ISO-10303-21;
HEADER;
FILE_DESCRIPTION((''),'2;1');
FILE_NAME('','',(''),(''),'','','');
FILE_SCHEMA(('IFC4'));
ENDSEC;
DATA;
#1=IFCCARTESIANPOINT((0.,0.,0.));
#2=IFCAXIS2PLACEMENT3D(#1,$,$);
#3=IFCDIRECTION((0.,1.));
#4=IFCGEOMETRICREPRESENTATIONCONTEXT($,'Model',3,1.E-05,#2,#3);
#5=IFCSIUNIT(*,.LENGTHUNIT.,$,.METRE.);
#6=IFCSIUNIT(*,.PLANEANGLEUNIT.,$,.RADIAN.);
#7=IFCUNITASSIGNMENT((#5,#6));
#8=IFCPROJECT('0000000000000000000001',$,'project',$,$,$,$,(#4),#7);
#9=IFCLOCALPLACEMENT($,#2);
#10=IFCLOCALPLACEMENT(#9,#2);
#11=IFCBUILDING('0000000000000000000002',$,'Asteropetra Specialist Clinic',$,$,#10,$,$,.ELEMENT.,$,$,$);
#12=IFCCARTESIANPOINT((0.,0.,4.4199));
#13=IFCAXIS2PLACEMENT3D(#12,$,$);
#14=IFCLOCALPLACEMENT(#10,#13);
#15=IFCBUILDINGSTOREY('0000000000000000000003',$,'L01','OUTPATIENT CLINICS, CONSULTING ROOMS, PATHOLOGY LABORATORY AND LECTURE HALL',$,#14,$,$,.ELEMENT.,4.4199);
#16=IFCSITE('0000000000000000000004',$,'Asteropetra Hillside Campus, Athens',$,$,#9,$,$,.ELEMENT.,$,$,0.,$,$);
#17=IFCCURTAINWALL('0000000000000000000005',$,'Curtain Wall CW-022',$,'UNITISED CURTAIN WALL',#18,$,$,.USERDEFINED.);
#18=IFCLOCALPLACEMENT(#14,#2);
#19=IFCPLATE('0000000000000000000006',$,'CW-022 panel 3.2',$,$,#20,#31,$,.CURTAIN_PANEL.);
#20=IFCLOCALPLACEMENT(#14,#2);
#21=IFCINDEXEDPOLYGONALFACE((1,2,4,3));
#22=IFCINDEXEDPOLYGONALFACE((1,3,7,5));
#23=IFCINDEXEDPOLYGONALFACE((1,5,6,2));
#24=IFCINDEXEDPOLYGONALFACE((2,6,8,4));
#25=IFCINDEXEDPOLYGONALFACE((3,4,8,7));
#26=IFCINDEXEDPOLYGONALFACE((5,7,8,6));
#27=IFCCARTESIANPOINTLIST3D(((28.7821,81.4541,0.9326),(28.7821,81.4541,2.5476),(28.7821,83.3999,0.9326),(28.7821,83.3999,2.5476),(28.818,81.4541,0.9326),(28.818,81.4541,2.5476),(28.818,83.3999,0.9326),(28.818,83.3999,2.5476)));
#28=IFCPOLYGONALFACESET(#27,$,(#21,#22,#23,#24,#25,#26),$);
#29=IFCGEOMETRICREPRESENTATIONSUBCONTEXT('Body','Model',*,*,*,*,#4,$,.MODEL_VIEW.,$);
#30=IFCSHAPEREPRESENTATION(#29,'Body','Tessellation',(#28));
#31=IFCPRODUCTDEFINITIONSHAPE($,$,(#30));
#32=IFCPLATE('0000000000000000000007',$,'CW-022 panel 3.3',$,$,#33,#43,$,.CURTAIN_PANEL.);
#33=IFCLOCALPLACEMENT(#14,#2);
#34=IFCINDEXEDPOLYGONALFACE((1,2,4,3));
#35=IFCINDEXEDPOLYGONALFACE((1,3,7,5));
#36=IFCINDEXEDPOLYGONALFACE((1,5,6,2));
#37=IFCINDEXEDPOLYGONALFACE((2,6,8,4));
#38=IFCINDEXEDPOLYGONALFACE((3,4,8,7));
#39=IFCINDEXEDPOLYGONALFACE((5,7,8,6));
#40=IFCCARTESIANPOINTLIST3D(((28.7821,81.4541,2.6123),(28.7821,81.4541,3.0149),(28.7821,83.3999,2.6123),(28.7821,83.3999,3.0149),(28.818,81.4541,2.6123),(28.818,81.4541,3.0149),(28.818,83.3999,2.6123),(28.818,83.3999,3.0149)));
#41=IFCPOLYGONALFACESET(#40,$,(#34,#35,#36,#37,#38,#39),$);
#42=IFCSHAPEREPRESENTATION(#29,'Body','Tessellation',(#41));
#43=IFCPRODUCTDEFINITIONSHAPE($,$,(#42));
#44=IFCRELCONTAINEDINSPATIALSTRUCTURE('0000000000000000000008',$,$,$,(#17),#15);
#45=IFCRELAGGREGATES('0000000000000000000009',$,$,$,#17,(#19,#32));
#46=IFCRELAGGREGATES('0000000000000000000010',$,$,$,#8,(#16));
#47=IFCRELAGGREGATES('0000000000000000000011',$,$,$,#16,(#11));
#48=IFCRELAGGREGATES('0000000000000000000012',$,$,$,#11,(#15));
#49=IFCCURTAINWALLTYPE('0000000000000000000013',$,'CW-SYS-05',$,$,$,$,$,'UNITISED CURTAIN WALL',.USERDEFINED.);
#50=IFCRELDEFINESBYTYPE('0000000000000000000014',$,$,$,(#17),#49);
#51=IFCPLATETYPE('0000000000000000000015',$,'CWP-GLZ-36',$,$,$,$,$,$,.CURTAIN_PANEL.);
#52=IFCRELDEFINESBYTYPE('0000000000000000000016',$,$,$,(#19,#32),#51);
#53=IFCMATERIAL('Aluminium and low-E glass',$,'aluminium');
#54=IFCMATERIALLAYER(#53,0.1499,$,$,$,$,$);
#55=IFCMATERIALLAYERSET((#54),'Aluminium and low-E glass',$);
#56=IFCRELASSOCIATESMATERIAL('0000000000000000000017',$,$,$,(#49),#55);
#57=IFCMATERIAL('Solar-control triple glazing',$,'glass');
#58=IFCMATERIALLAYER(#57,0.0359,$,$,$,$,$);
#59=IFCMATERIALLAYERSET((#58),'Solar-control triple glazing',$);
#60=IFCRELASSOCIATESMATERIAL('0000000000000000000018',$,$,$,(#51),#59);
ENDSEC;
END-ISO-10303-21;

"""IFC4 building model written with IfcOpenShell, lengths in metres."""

from ifc_helpers import new_model, si_unit, direction, frame, origin, origin_2d, place, context, subcontext, project, spatial, rectangle, extrude, material, layer, layer_set, type_object, element, aggregate, save


model = new_model("IFC4")

# Units and contexts
model_context = context("Model", 3, precision=1e-05, world=origin(), true_north=direction((0.0, 1.0)))
body_context = subcontext(model_context, "Body", "Model", "MODEL_VIEW")
ifc_project = project(units=[si_unit("LENGTHUNIT", "METRE"), si_unit("PLANEANGLEUNIT", "RADIAN")], contexts=[model_context])

# Site, building, storey
site_placement = place(None, origin())
site = spatial("IfcSite", under=ifc_project, at=site_placement, Name="Asteropetra Hillside Campus, Athens", CompositionType="ELEMENT", RefElevation=0.0)
building_placement = place(site_placement, origin())
building = spatial("IfcBuilding", under=site, at=building_placement, Name="Asteropetra Specialist Clinic", CompositionType="ELEMENT")
storey_placement = place(building_placement, frame((0.0, 0.0, 4.4199)))
storey = spatial("IfcBuildingStorey", under=building, at=storey_placement, Name="L01", Description="OUTPATIENT CLINICS, CONSULTING ROOMS, PATHOLOGY LABORATORY AND LECTURE HALL", CompositionType="ELEMENT", Elevation=4.4199)

# Curtain wall
ifc_material_1 = material(Name="Aluminium and low-E glass", Category="aluminium")
ifc_layer_1 = layer(ifc_material_1, 0.1499)
ifc_layer_set_1 = layer_set([ifc_layer_1], Name="Aluminium and low-E glass")
curtain_wall_type_1 = type_object("IfcCurtainWallType", Name="CW-SYS-05", ElementType="UNITISED CURTAIN WALL", PredefinedType="USERDEFINED", material=ifc_layer_set_1)
curtain_wall_1_placement = place(storey_placement, origin())
curtain_wall_1 = element("IfcCurtainWall", 1, at=curtain_wall_1_placement, inside=storey, type_object=curtain_wall_type_1, Name="Curtain Wall CW-022", ObjectType="UNITISED CURTAIN WALL", PredefinedType="USERDEFINED")

# Plates
ifc_material_2 = material(Name="Solar-control triple glazing", Category="glass")
ifc_layer_2 = layer(ifc_material_2, 0.0359)
ifc_layer_set_2 = layer_set([ifc_layer_2], Name="Solar-control triple glazing")
plate_type = type_object("IfcPlateType", Name="CWP-GLZ-36", PredefinedType="CURTAIN_PANEL", material=ifc_layer_set_2)
plate_1_placement = place(storey_placement, frame((28.8, 82.427, 0.9326), z_axis=(0.0, 0.0, 1.0), x_axis=(0.0, 1.0, 0.0)))
plate_1 = element("IfcPlate", 2, at=plate_1_placement, type_object=plate_type, Name="CW-022 panel 3.2", PredefinedType="CURTAIN_PANEL", context=body_context, shape_type="SweptSolid", body=[
    extrude(rectangle(XDim=1.9458, YDim=0.0359, at=origin_2d()), origin(), (0.0, 0.0, 1.0), 1.615),
])
plate_2_placement = place(storey_placement, frame((28.8, 82.427, 2.6123), z_axis=(0.0, 0.0, 1.0), x_axis=(0.0, 1.0, 0.0)))
plate_2 = element("IfcPlate", 3, at=plate_2_placement, type_object=plate_type, Name="CW-022 panel 3.3", PredefinedType="CURTAIN_PANEL", context=body_context, shape_type="SweptSolid", body=[
    extrude(rectangle(XDim=1.9458, YDim=0.0359, at=origin_2d()), origin(), (0.0, 0.0, 1.0), 0.4026),
])
aggregate(curtain_wall_1, [plate_1, plate_2])

save(model, "model.ifc")
